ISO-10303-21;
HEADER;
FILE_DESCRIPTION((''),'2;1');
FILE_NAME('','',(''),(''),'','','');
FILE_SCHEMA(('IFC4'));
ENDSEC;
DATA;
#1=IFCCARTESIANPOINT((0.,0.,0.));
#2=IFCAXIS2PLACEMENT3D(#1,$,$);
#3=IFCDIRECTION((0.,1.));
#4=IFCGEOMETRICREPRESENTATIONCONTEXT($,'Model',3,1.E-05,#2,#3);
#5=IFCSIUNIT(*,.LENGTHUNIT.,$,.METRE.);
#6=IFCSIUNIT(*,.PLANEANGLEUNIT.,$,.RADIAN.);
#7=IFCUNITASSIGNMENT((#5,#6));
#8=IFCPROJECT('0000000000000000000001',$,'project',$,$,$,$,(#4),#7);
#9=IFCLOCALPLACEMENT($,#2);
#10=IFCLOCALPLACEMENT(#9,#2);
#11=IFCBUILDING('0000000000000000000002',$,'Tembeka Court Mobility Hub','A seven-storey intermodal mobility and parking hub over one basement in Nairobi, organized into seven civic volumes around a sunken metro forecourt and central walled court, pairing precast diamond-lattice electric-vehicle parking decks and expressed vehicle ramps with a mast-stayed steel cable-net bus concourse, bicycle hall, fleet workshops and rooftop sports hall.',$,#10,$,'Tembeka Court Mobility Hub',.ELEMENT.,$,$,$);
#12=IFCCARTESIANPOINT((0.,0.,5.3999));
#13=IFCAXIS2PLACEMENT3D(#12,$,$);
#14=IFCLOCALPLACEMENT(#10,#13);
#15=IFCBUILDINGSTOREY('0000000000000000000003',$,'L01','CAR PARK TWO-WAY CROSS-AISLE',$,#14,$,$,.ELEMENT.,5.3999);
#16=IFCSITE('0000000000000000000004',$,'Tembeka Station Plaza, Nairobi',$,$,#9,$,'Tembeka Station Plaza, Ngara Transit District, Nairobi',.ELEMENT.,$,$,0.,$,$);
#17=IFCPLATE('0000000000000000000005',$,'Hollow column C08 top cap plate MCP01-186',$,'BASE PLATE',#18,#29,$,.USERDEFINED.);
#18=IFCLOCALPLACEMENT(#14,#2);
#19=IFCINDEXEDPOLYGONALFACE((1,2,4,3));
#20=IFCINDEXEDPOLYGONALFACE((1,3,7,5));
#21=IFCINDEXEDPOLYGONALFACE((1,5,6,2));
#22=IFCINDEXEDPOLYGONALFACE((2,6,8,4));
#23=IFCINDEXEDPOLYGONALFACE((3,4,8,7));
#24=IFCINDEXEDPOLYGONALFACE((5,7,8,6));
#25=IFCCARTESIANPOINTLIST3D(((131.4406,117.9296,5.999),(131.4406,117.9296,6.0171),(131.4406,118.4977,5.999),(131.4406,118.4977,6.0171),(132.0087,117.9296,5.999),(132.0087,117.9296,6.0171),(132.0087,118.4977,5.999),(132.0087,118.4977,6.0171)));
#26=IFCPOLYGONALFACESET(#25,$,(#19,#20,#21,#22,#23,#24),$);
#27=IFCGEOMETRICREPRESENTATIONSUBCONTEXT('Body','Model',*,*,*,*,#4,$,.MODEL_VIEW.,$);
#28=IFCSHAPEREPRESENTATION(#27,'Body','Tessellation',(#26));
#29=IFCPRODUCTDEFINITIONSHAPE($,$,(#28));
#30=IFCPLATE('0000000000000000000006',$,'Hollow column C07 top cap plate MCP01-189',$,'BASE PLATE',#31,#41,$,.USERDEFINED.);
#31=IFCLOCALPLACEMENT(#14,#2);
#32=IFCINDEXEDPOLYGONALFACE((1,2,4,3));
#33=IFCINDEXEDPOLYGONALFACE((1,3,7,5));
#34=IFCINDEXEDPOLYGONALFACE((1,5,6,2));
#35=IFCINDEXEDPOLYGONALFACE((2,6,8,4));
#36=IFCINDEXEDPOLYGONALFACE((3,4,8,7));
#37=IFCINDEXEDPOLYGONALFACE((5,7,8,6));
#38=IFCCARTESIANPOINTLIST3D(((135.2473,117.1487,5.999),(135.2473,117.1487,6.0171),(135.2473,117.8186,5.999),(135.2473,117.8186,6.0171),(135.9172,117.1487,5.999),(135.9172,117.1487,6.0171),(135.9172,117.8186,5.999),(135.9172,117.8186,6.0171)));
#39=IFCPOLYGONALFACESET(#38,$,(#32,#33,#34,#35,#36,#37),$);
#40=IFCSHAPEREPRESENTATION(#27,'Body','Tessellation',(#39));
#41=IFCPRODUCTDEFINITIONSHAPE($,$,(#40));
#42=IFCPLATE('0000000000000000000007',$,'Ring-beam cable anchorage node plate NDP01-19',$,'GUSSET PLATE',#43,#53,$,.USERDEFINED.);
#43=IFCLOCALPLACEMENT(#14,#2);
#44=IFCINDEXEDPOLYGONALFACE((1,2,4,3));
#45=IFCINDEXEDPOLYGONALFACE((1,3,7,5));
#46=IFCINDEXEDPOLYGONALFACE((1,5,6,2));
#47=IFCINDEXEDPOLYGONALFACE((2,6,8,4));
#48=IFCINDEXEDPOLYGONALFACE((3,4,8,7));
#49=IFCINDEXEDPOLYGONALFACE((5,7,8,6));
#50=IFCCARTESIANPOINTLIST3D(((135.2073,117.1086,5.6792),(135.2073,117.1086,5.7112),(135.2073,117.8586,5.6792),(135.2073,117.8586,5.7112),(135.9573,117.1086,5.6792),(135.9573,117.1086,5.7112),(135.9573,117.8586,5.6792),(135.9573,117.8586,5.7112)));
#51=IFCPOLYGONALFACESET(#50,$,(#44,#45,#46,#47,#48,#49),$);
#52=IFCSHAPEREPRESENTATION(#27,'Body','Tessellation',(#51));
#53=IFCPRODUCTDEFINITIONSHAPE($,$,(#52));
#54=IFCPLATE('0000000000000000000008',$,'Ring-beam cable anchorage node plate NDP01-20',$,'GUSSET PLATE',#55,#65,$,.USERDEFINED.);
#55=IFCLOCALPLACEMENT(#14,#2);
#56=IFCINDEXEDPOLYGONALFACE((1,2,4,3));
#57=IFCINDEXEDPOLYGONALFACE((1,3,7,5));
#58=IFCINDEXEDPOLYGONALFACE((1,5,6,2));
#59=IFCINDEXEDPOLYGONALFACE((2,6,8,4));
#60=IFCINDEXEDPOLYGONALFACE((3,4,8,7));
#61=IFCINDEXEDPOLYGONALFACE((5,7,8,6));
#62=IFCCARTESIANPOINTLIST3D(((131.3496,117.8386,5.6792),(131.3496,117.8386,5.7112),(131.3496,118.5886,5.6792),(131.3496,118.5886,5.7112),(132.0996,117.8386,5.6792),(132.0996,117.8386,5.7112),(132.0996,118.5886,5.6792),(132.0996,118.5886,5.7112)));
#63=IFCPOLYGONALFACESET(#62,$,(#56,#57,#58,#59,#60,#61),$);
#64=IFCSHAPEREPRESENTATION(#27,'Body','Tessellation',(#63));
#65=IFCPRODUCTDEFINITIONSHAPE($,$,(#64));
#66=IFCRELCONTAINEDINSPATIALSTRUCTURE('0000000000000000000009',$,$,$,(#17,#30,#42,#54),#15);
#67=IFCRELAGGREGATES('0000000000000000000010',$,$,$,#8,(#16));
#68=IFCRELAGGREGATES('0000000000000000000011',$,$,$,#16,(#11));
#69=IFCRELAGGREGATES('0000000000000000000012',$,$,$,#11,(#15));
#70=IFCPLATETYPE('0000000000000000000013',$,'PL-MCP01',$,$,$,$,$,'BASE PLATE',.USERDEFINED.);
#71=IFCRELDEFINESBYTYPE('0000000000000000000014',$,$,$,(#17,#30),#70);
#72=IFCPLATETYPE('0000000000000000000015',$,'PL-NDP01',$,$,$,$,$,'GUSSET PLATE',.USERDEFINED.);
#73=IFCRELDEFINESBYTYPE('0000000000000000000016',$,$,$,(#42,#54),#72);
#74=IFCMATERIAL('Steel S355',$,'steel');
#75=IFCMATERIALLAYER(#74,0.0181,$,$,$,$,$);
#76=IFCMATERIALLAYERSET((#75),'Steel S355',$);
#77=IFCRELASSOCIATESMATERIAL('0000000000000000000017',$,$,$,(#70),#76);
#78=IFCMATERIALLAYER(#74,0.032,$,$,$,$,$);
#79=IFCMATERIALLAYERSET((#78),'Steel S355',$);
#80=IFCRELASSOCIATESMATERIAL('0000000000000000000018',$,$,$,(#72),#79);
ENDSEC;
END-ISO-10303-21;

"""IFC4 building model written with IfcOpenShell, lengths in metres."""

from ifc_helpers import new_model, si_unit, direction, frame, origin, origin_2d, place, context, subcontext, project, spatial, rectangle, extrude, material, layer, layer_set, type_object, element, save


model = new_model("IFC4")

# Units and contexts
model_context = context("Model", 3, precision=1e-05, world=origin(), true_north=direction((0.0, 1.0)))
body_context = subcontext(model_context, "Body", "Model", "MODEL_VIEW")
ifc_project = project(units=[si_unit("LENGTHUNIT", "METRE"), si_unit("PLANEANGLEUNIT", "RADIAN")], contexts=[model_context])

# Site, building, storey
site_placement = place(None, origin())
site = spatial("IfcSite", under=ifc_project, at=site_placement, Name="Tembeka Station Plaza, Nairobi", LongName="Tembeka Station Plaza, Ngara Transit District, Nairobi", CompositionType="ELEMENT", RefElevation=0.0)
building_placement = place(site_placement, origin())
building = spatial("IfcBuilding", under=site, at=building_placement, Name="Tembeka Court Mobility Hub", Description="A seven-storey intermodal mobility and parking hub over one basement in Nairobi, organized into seven civic volumes around a sunken metro forecourt and central walled court, pairing precast diamond-lattice electric-vehicle parking decks and expressed vehicle ramps with a mast-stayed steel cable-net bus concourse, bicycle hall, fleet workshops and rooftop sports hall.", LongName="Tembeka Court Mobility Hub", CompositionType="ELEMENT")
storey_placement = place(building_placement, frame((0.0, 0.0, 5.3999)))
storey = spatial("IfcBuildingStorey", under=building, at=storey_placement, Name="L01", Description="CAR PARK TWO-WAY CROSS-AISLE", CompositionType="ELEMENT", Elevation=5.3999)

# Shared definitions
ifc_material_1 = material(Name="Steel S355", Category="steel")

# Plates
ifc_layer_1 = layer(ifc_material_1, 0.0181)
ifc_layer_set_1 = layer_set([ifc_layer_1], Name="Steel S355")
plate_type_1 = type_object("IfcPlateType", Name="PL-MCP01", ElementType="BASE PLATE", PredefinedType="USERDEFINED", material=ifc_layer_set_1)
plate_1_placement = place(storey_placement, frame((131.7246, 118.2136, 5.999), z_axis=(0.0, 0.0, 1.0), x_axis=(1.0, 0.0, 0.0)))
element("IfcPlate", 1, at=plate_1_placement, inside=storey, type_object=plate_type_1, Name="Hollow column C08 top cap plate MCP01-186", ObjectType="BASE PLATE", PredefinedType="USERDEFINED", context=body_context, shape_type="SweptSolid", body=[
    extrude(rectangle(XDim=0.5681, YDim=0.5681, at=origin_2d()), origin(), (0.0, 0.0, 1.0), 0.0181),
])
plate_2_placement = place(storey_placement, frame((135.5823, 117.4836, 5.999), z_axis=(0.0, 0.0, 1.0), x_axis=(1.0, 0.0, 0.0)))
element("IfcPlate", 2, at=plate_2_placement, inside=storey, type_object=plate_type_1, Name="Hollow column C07 top cap plate MCP01-189", ObjectType="BASE PLATE", PredefinedType="USERDEFINED", context=body_context, shape_type="SweptSolid", body=[
    extrude(rectangle(XDim=0.6699, YDim=0.6699, at=origin_2d()), origin(), (0.0, 0.0, 1.0), 0.0181),
])
ifc_layer_2 = layer(ifc_material_1, 0.032)
ifc_layer_set_2 = layer_set([ifc_layer_2], Name="Steel S355")
plate_type_2 = type_object("IfcPlateType", Name="PL-NDP01", ElementType="GUSSET PLATE", PredefinedType="USERDEFINED", material=ifc_layer_set_2)
for number, where, z_axis, x_axis, name in (
    (3, (135.5823, 117.4836, 5.6792), (0.0, 0.0, 1.0), (1.0, 0.0, 0.0), "Ring-beam cable anchorage node plate NDP01-19"),
    (4, (131.7246, 118.2136, 5.6792), (0.0, 0.0, 1.0), (1.0, 0.0, 0.0), "Ring-beam cable anchorage node plate NDP01-20"),
):
    element("IfcPlate", number, at=place(storey_placement, frame(where, z_axis=z_axis, x_axis=x_axis)), inside=storey, type_object=plate_type_2, Name=name, ObjectType="GUSSET PLATE", PredefinedType="USERDEFINED", context=body_context, shape_type="SweptSolid", body=[
        extrude(rectangle(XDim=0.75, YDim=0.75, at=origin_2d()), origin(), (0.0, 0.0, 1.0), 0.032),
    ])

save(model, "model.ifc")
